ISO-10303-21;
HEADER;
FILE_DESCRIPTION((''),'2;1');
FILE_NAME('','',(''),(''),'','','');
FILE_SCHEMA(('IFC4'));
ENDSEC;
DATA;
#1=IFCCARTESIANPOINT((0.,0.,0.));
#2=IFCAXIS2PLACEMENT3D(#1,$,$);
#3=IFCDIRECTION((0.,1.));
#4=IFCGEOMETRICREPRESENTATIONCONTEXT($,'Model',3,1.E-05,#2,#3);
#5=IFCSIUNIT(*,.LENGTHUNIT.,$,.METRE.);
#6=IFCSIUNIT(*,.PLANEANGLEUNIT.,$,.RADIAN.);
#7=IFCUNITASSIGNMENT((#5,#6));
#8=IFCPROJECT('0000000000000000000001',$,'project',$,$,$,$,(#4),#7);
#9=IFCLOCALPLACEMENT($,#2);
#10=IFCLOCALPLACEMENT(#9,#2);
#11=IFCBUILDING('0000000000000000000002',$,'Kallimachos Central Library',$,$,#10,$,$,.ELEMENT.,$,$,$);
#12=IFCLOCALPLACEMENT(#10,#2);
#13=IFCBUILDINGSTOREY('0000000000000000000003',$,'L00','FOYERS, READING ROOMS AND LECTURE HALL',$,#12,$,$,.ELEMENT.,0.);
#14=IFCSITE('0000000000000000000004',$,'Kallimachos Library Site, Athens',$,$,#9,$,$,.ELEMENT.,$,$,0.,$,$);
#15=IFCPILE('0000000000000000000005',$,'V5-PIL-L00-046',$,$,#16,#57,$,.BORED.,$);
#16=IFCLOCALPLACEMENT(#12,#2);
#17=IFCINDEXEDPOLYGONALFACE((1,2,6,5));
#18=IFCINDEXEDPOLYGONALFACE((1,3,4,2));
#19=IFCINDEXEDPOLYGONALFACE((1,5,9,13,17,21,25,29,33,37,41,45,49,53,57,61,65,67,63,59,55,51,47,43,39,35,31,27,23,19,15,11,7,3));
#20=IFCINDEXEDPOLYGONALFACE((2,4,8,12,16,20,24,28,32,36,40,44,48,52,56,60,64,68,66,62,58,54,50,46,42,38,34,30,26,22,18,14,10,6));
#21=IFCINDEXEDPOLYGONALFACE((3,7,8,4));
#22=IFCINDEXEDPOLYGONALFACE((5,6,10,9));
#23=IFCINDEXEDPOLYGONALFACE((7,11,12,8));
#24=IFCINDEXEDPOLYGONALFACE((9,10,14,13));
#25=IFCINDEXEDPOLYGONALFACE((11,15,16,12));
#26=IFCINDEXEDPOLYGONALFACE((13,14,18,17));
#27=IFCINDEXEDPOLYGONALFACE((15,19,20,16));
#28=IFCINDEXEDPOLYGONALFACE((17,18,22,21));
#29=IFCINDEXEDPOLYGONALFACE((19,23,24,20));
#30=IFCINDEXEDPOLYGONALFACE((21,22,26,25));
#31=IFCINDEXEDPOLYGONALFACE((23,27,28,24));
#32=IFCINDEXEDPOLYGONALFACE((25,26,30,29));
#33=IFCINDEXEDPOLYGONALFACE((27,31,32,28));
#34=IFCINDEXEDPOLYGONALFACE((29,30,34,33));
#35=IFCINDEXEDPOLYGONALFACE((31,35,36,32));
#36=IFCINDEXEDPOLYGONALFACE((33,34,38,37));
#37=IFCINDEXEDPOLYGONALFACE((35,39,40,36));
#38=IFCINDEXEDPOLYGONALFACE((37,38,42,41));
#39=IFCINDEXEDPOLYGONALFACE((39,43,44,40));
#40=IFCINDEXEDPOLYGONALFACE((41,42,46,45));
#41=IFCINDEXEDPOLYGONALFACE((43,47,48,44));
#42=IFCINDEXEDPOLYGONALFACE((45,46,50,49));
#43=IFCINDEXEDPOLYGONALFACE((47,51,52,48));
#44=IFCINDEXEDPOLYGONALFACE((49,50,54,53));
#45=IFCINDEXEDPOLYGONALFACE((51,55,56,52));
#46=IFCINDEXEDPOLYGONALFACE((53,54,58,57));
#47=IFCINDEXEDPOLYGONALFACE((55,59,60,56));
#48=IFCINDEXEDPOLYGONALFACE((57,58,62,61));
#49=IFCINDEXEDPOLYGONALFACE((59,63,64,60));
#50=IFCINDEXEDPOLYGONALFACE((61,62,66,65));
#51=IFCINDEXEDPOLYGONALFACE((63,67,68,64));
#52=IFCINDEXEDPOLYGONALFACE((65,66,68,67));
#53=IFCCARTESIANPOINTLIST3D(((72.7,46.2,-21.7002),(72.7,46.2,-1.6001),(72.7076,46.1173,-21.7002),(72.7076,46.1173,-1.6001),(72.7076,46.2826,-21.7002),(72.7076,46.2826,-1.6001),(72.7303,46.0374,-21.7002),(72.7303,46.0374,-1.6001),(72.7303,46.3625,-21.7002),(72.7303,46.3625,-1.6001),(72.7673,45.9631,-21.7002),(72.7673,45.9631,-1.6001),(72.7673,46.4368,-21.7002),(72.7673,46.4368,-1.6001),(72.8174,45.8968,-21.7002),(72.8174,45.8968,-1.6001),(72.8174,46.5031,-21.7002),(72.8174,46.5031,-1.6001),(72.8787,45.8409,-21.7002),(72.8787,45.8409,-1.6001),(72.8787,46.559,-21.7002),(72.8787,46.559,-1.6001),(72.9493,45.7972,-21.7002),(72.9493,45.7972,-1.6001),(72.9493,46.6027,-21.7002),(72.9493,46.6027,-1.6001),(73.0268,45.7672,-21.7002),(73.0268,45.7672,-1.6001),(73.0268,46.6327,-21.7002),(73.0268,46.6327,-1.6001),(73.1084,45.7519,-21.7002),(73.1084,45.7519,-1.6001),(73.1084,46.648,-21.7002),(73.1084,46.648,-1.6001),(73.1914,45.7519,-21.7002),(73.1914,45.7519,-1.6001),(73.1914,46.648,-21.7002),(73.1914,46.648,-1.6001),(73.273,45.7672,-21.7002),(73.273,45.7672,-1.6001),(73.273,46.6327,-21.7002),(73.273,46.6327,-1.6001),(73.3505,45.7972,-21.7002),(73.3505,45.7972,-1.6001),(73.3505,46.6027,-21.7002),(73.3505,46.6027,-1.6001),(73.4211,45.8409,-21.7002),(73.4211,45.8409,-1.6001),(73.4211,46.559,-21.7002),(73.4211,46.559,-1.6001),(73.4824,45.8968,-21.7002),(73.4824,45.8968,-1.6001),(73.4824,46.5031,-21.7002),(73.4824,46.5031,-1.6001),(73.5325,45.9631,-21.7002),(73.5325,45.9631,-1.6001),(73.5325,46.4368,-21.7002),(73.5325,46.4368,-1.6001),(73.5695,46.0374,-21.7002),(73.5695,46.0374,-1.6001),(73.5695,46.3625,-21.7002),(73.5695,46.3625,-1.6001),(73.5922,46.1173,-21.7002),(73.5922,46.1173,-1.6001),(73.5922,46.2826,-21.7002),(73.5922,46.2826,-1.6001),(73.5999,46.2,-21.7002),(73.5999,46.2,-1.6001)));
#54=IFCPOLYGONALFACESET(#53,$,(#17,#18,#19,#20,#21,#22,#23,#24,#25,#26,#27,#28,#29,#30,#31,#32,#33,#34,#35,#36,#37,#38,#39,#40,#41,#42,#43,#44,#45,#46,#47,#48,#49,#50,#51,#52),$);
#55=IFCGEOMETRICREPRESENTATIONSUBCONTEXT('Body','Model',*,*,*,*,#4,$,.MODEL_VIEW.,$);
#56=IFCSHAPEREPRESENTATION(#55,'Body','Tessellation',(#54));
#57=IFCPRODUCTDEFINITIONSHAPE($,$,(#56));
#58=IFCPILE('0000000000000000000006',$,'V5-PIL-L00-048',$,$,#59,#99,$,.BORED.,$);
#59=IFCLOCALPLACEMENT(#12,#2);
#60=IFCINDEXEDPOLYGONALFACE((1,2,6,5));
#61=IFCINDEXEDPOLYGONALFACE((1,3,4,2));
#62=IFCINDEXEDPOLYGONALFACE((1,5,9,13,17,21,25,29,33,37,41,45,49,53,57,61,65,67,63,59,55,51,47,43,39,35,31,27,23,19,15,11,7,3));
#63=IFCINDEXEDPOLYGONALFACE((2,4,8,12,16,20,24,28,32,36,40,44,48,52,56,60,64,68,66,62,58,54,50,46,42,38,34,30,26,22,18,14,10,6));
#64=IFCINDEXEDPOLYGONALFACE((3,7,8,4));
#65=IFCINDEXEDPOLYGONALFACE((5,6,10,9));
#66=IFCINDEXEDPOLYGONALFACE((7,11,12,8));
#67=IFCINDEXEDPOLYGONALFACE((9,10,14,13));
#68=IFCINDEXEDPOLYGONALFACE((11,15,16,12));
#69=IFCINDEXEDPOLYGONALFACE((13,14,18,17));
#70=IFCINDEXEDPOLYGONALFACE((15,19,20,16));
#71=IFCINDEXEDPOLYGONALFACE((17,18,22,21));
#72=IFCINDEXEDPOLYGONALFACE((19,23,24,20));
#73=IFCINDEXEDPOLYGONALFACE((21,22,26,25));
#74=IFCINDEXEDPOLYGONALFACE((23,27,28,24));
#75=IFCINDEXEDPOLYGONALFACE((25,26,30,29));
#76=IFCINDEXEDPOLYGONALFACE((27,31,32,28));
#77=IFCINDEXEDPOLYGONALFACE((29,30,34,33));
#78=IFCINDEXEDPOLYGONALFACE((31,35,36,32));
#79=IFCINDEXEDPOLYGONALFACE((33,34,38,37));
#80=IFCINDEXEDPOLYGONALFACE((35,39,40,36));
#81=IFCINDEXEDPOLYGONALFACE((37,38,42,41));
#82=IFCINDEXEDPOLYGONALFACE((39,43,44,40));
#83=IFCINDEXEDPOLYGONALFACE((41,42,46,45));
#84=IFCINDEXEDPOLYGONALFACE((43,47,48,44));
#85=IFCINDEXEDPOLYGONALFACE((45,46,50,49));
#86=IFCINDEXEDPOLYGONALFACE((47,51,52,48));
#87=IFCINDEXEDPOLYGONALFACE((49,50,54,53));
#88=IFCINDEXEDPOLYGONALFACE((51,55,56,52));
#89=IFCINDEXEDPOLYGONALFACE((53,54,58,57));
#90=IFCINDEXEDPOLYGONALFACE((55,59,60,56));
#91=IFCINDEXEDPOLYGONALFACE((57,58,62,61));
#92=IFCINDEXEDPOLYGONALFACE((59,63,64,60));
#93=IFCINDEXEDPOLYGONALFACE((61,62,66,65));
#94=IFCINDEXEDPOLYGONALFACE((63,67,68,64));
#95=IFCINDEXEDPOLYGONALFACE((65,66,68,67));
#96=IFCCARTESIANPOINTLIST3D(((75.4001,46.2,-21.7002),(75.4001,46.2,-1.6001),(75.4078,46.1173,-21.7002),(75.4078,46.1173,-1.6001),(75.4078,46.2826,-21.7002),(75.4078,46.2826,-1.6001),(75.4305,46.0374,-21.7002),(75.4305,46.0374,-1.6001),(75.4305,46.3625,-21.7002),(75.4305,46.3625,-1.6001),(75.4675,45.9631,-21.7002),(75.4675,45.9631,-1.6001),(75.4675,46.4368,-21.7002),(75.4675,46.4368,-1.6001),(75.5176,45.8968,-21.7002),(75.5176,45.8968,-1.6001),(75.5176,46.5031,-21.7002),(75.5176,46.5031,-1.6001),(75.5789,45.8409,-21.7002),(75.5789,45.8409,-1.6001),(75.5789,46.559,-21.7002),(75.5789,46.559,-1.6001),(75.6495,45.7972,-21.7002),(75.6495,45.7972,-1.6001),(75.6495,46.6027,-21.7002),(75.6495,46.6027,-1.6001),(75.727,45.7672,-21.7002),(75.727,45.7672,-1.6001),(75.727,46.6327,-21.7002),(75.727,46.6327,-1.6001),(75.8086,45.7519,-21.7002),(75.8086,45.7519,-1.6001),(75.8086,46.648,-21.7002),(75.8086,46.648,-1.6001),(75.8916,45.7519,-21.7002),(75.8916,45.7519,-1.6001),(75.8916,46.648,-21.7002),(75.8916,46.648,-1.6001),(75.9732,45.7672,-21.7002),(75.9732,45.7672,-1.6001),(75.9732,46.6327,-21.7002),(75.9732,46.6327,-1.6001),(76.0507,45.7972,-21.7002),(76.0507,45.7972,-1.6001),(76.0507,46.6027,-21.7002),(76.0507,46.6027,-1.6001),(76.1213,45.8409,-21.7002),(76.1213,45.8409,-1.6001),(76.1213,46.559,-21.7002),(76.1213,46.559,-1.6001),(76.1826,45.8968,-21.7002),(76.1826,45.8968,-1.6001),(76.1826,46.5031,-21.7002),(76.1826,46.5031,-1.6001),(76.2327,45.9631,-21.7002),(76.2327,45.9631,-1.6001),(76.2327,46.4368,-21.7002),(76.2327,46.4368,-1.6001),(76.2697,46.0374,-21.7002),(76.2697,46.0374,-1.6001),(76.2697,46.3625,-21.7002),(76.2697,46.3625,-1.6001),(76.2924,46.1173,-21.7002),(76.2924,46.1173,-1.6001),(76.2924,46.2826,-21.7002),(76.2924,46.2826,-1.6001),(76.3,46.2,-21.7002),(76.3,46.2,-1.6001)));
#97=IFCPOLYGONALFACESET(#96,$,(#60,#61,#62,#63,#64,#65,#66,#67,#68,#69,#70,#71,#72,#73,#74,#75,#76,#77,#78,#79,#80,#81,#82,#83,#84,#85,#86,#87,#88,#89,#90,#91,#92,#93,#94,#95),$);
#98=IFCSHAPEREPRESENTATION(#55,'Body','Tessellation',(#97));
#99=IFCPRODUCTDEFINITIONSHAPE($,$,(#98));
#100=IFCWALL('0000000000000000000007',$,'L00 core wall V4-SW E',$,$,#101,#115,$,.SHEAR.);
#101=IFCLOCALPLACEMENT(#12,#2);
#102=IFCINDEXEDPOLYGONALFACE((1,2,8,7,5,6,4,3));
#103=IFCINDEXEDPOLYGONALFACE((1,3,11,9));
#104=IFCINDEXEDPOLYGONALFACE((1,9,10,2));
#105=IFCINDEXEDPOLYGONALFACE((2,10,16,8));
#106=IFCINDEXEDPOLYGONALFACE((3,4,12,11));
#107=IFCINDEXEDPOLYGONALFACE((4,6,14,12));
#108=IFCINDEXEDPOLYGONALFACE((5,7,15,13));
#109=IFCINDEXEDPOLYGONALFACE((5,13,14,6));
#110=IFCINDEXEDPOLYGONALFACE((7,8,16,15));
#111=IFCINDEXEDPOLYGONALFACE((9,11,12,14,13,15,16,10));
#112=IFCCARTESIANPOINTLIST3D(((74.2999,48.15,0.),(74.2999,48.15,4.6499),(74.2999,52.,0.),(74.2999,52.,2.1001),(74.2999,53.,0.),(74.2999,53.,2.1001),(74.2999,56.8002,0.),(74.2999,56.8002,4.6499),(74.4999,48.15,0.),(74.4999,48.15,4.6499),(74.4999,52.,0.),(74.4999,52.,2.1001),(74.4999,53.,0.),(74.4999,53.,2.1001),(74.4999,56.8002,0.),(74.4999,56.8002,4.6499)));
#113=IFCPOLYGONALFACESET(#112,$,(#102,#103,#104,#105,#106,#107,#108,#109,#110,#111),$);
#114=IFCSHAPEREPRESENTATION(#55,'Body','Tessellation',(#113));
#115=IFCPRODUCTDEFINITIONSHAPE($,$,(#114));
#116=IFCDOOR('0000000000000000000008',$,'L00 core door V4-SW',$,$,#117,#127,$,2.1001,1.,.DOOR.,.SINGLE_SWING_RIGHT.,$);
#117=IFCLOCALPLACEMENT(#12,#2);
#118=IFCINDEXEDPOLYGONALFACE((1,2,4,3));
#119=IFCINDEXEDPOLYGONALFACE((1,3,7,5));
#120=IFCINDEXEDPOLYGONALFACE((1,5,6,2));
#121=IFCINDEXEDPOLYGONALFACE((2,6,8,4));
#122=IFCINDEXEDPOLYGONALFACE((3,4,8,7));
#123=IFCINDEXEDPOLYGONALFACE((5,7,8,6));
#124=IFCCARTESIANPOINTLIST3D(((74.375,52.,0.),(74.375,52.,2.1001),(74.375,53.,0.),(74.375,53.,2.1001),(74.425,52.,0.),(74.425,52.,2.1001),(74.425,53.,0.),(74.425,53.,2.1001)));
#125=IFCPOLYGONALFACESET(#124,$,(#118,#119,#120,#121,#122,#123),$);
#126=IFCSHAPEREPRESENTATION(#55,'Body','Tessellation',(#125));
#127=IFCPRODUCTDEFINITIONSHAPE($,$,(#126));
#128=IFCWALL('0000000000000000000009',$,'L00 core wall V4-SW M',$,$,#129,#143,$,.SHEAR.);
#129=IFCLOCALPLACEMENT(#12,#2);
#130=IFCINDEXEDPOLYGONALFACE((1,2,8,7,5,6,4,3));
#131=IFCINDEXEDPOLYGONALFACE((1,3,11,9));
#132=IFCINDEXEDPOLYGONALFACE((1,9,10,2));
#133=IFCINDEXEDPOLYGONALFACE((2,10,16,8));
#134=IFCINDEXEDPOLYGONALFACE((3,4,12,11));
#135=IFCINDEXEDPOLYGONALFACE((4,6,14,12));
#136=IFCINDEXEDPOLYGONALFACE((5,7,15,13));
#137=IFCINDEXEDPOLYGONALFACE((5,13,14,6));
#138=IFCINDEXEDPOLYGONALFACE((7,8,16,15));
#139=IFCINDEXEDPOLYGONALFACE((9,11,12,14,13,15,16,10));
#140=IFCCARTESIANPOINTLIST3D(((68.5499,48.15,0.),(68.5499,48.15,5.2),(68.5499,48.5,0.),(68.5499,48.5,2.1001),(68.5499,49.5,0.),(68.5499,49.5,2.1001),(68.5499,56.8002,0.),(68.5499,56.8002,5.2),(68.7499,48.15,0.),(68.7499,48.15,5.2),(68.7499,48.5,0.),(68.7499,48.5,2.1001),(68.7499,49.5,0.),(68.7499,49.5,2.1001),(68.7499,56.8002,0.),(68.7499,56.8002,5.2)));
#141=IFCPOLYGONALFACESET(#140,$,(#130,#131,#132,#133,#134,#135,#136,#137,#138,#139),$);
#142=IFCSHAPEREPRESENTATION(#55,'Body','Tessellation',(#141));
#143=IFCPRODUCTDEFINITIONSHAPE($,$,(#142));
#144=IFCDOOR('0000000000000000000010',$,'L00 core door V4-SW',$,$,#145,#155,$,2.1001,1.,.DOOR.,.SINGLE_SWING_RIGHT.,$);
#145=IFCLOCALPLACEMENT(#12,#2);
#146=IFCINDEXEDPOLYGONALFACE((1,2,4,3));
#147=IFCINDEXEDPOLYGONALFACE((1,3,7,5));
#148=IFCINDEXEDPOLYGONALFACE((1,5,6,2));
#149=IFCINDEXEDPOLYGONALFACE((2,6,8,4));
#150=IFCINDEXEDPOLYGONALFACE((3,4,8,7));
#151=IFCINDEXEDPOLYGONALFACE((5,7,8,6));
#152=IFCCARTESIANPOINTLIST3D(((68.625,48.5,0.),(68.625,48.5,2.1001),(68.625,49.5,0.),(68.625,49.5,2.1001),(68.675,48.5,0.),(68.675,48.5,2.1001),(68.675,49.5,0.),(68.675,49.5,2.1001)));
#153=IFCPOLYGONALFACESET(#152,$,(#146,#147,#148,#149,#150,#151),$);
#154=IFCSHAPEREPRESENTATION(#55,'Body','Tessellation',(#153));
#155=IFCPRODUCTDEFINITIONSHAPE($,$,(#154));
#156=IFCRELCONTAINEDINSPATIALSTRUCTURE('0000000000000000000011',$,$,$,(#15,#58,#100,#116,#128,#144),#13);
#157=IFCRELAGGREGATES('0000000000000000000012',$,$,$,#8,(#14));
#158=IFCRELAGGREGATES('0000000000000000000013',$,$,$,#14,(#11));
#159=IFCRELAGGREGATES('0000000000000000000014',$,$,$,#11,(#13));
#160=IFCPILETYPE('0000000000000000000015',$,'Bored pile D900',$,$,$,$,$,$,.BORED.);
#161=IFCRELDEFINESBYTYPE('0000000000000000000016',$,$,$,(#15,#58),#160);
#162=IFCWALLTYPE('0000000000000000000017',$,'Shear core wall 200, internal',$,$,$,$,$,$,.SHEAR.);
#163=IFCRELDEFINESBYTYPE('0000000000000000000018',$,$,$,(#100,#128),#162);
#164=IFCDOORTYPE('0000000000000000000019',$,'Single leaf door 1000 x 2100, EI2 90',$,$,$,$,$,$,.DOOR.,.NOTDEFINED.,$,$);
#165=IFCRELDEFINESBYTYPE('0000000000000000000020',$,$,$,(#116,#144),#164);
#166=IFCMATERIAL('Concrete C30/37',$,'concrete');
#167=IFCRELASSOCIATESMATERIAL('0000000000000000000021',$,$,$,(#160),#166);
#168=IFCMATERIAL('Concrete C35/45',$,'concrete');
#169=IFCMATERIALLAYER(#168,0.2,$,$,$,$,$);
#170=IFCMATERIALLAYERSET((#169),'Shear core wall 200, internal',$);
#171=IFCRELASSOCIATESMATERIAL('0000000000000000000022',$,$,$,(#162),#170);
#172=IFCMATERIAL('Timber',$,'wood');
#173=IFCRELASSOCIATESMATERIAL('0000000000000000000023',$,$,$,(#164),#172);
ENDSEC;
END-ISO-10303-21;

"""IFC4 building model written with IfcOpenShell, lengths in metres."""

from ifc_helpers import new_model, si_unit, direction, frame, frame_2d, origin, origin_2d, place, context, subcontext, project, spatial, rectangle, circle, extrude, material, layer, layer_set, type_object, element, fill, save


model = new_model("IFC4")

# Units and contexts
model_context = context("Model", 3, precision=1e-05, world=origin(), true_north=direction((0.0, 1.0)))
body_context = subcontext(model_context, "Body", "Model", "MODEL_VIEW")
ifc_project = project(units=[si_unit("LENGTHUNIT", "METRE"), si_unit("PLANEANGLEUNIT", "RADIAN")], contexts=[model_context])

# Site, building, storey
site_placement = place(None, origin())
site = spatial("IfcSite", under=ifc_project, at=site_placement, Name="Kallimachos Library Site, Athens", CompositionType="ELEMENT", RefElevation=0.0)
building_placement = place(site_placement, origin())
building = spatial("IfcBuilding", under=site, at=building_placement, Name="Kallimachos Central Library", CompositionType="ELEMENT")
storey_placement = place(building_placement, origin())
storey = spatial("IfcBuildingStorey", under=building, at=storey_placement, Name="L00", Description="FOYERS, READING ROOMS AND LECTURE HALL", CompositionType="ELEMENT", Elevation=0.0)

# Piles
ifc_material_1 = material(Name="Concrete C30/37", Category="concrete")
pile_type = type_object("IfcPileType", Name="Bored pile D900", PredefinedType="BORED", material=ifc_material_1)
for number, where, z_axis, x_axis, name in (
    (1, (73.1499, 46.2, -1.6001), (0.0, 0.0, -1.0), (1.0, 0.0, 0.0), "V5-PIL-L00-046"),
    (2, (75.8501, 46.2, -1.6001), (0.0, 0.0, -1.0), (1.0, 0.0, 0.0), "V5-PIL-L00-048"),
):
    element("IfcPile", number, at=place(storey_placement, frame(where, z_axis=z_axis, x_axis=x_axis)), inside=storey, type_object=pile_type, Name=name, PredefinedType="BORED", context=body_context, shape_type="SweptSolid", body=[
        extrude(circle(Radius=0.45, at=origin_2d()), origin(), (0.0, 0.0, 1.0), 20.1001),
    ])

# Walls, openings, doors
ifc_material_2 = material(Name="Concrete C35/45", Category="concrete")
ifc_layer_1 = layer(ifc_material_2, 0.2)
ifc_layer_set_1 = layer_set([ifc_layer_1], Name="Shear core wall 200, internal")
wall_type_1 = type_object("IfcWallType", Name="Shear core wall 200, internal", PredefinedType="SHEAR", material=ifc_layer_set_1)
wall_1_placement = place(storey_placement, frame((74.3999, 48.1499, 0.0), z_axis=(0.0, 0.0, 1.0), x_axis=(0.0, 1.0, 0.0)))
wall_1 = element("IfcWall", 3, at=wall_1_placement, inside=storey, type_object=wall_type_1, Name="L00 core wall V4-SW E", PredefinedType="SHEAR", context=body_context, shape_type="SweptSolid", body=[
    extrude(rectangle(XDim=8.6501, YDim=0.2, at=frame_2d((4.3252, 0.0))), origin(), (0.0, 0.0, 1.0), 4.6499),
])
opening_1_placement = place(wall_1_placement, frame((3.8501, 0.0, 0.0)))
opening_1 = element("IfcOpeningElement", 4, at=opening_1_placement, cuts=wall_1, PredefinedType="OPENING", context=body_context, shape_type="SweptSolid", body=[
    extrude(rectangle(XDim=1.0, YDim=2.1001, at=frame_2d((0.5, 1.05))), frame((0.0, 0.1099, 0.0), z_axis=(0.0, -1.0, 0.0), x_axis=(1.0, 0.0, 0.0)), (0.0, 0.0, 1.0), 0.22),
])
ifc_material_3 = material(Name="Timber", Category="wood")
door_type = type_object("IfcDoorType", Name="Single leaf door 1000 x 2100, EI2 90", OperationType="NOTDEFINED", PredefinedType="DOOR", material=ifc_material_3)
door_1_placement = place(opening_1_placement, origin())
door_1 = element("IfcDoor", 5, at=door_1_placement, inside=storey, type_object=door_type, Name="L00 core door V4-SW", OperationType="SINGLE_SWING_RIGHT", OverallHeight=2.1001, OverallWidth=1.0, PredefinedType="DOOR", context=body_context, shape_type="SweptSolid", body=[
    extrude(rectangle(XDim=1.0, YDim=2.1001, at=frame_2d((0.5, 1.05))), frame((0.0, 0.0249, 0.0), z_axis=(0.0, -1.0, 0.0), x_axis=(1.0, 0.0, 0.0)), (0.0, 0.0, 1.0), 0.05),
])
fill(opening_1, door_1)
wall_2_placement = place(storey_placement, frame((68.6499, 48.1499, 0.0), z_axis=(0.0, 0.0, 1.0), x_axis=(0.0, 1.0, 0.0)))
wall_2 = element("IfcWall", 6, at=wall_2_placement, inside=storey, type_object=wall_type_1, Name="L00 core wall V4-SW M", PredefinedType="SHEAR", context=body_context, shape_type="SweptSolid", body=[
    extrude(rectangle(XDim=8.6501, YDim=0.2, at=frame_2d((4.3252, 0.0))), origin(), (0.0, 0.0, 1.0), 5.2),
])
opening_2_placement = place(wall_2_placement, frame((0.3501, 0.0, 0.0)))
opening_2 = element("IfcOpeningElement", 7, at=opening_2_placement, cuts=wall_2, PredefinedType="OPENING", context=body_context, shape_type="SweptSolid", body=[
    extrude(rectangle(XDim=1.0, YDim=2.1001, at=frame_2d((0.5, 1.05))), frame((0.0, 0.1099, 0.0), z_axis=(0.0, -1.0, 0.0), x_axis=(1.0, 0.0, 0.0)), (0.0, 0.0, 1.0), 0.22),
])
door_2_placement = place(opening_2_placement, origin())
door_2 = element("IfcDoor", 8, at=door_2_placement, inside=storey, type_object=door_type, Name="L00 core door V4-SW", OperationType="SINGLE_SWING_RIGHT", OverallHeight=2.1001, OverallWidth=1.0, PredefinedType="DOOR", context=body_context, shape_type="SweptSolid", body=[
    extrude(rectangle(XDim=1.0, YDim=2.1001, at=frame_2d((0.5, 1.05))), frame((0.0, 0.0249, 0.0), z_axis=(0.0, -1.0, 0.0), x_axis=(1.0, 0.0, 0.0)), (0.0, 0.0, 1.0), 0.05),
])
fill(opening_2, door_2)

save(model, "model.ifc")
